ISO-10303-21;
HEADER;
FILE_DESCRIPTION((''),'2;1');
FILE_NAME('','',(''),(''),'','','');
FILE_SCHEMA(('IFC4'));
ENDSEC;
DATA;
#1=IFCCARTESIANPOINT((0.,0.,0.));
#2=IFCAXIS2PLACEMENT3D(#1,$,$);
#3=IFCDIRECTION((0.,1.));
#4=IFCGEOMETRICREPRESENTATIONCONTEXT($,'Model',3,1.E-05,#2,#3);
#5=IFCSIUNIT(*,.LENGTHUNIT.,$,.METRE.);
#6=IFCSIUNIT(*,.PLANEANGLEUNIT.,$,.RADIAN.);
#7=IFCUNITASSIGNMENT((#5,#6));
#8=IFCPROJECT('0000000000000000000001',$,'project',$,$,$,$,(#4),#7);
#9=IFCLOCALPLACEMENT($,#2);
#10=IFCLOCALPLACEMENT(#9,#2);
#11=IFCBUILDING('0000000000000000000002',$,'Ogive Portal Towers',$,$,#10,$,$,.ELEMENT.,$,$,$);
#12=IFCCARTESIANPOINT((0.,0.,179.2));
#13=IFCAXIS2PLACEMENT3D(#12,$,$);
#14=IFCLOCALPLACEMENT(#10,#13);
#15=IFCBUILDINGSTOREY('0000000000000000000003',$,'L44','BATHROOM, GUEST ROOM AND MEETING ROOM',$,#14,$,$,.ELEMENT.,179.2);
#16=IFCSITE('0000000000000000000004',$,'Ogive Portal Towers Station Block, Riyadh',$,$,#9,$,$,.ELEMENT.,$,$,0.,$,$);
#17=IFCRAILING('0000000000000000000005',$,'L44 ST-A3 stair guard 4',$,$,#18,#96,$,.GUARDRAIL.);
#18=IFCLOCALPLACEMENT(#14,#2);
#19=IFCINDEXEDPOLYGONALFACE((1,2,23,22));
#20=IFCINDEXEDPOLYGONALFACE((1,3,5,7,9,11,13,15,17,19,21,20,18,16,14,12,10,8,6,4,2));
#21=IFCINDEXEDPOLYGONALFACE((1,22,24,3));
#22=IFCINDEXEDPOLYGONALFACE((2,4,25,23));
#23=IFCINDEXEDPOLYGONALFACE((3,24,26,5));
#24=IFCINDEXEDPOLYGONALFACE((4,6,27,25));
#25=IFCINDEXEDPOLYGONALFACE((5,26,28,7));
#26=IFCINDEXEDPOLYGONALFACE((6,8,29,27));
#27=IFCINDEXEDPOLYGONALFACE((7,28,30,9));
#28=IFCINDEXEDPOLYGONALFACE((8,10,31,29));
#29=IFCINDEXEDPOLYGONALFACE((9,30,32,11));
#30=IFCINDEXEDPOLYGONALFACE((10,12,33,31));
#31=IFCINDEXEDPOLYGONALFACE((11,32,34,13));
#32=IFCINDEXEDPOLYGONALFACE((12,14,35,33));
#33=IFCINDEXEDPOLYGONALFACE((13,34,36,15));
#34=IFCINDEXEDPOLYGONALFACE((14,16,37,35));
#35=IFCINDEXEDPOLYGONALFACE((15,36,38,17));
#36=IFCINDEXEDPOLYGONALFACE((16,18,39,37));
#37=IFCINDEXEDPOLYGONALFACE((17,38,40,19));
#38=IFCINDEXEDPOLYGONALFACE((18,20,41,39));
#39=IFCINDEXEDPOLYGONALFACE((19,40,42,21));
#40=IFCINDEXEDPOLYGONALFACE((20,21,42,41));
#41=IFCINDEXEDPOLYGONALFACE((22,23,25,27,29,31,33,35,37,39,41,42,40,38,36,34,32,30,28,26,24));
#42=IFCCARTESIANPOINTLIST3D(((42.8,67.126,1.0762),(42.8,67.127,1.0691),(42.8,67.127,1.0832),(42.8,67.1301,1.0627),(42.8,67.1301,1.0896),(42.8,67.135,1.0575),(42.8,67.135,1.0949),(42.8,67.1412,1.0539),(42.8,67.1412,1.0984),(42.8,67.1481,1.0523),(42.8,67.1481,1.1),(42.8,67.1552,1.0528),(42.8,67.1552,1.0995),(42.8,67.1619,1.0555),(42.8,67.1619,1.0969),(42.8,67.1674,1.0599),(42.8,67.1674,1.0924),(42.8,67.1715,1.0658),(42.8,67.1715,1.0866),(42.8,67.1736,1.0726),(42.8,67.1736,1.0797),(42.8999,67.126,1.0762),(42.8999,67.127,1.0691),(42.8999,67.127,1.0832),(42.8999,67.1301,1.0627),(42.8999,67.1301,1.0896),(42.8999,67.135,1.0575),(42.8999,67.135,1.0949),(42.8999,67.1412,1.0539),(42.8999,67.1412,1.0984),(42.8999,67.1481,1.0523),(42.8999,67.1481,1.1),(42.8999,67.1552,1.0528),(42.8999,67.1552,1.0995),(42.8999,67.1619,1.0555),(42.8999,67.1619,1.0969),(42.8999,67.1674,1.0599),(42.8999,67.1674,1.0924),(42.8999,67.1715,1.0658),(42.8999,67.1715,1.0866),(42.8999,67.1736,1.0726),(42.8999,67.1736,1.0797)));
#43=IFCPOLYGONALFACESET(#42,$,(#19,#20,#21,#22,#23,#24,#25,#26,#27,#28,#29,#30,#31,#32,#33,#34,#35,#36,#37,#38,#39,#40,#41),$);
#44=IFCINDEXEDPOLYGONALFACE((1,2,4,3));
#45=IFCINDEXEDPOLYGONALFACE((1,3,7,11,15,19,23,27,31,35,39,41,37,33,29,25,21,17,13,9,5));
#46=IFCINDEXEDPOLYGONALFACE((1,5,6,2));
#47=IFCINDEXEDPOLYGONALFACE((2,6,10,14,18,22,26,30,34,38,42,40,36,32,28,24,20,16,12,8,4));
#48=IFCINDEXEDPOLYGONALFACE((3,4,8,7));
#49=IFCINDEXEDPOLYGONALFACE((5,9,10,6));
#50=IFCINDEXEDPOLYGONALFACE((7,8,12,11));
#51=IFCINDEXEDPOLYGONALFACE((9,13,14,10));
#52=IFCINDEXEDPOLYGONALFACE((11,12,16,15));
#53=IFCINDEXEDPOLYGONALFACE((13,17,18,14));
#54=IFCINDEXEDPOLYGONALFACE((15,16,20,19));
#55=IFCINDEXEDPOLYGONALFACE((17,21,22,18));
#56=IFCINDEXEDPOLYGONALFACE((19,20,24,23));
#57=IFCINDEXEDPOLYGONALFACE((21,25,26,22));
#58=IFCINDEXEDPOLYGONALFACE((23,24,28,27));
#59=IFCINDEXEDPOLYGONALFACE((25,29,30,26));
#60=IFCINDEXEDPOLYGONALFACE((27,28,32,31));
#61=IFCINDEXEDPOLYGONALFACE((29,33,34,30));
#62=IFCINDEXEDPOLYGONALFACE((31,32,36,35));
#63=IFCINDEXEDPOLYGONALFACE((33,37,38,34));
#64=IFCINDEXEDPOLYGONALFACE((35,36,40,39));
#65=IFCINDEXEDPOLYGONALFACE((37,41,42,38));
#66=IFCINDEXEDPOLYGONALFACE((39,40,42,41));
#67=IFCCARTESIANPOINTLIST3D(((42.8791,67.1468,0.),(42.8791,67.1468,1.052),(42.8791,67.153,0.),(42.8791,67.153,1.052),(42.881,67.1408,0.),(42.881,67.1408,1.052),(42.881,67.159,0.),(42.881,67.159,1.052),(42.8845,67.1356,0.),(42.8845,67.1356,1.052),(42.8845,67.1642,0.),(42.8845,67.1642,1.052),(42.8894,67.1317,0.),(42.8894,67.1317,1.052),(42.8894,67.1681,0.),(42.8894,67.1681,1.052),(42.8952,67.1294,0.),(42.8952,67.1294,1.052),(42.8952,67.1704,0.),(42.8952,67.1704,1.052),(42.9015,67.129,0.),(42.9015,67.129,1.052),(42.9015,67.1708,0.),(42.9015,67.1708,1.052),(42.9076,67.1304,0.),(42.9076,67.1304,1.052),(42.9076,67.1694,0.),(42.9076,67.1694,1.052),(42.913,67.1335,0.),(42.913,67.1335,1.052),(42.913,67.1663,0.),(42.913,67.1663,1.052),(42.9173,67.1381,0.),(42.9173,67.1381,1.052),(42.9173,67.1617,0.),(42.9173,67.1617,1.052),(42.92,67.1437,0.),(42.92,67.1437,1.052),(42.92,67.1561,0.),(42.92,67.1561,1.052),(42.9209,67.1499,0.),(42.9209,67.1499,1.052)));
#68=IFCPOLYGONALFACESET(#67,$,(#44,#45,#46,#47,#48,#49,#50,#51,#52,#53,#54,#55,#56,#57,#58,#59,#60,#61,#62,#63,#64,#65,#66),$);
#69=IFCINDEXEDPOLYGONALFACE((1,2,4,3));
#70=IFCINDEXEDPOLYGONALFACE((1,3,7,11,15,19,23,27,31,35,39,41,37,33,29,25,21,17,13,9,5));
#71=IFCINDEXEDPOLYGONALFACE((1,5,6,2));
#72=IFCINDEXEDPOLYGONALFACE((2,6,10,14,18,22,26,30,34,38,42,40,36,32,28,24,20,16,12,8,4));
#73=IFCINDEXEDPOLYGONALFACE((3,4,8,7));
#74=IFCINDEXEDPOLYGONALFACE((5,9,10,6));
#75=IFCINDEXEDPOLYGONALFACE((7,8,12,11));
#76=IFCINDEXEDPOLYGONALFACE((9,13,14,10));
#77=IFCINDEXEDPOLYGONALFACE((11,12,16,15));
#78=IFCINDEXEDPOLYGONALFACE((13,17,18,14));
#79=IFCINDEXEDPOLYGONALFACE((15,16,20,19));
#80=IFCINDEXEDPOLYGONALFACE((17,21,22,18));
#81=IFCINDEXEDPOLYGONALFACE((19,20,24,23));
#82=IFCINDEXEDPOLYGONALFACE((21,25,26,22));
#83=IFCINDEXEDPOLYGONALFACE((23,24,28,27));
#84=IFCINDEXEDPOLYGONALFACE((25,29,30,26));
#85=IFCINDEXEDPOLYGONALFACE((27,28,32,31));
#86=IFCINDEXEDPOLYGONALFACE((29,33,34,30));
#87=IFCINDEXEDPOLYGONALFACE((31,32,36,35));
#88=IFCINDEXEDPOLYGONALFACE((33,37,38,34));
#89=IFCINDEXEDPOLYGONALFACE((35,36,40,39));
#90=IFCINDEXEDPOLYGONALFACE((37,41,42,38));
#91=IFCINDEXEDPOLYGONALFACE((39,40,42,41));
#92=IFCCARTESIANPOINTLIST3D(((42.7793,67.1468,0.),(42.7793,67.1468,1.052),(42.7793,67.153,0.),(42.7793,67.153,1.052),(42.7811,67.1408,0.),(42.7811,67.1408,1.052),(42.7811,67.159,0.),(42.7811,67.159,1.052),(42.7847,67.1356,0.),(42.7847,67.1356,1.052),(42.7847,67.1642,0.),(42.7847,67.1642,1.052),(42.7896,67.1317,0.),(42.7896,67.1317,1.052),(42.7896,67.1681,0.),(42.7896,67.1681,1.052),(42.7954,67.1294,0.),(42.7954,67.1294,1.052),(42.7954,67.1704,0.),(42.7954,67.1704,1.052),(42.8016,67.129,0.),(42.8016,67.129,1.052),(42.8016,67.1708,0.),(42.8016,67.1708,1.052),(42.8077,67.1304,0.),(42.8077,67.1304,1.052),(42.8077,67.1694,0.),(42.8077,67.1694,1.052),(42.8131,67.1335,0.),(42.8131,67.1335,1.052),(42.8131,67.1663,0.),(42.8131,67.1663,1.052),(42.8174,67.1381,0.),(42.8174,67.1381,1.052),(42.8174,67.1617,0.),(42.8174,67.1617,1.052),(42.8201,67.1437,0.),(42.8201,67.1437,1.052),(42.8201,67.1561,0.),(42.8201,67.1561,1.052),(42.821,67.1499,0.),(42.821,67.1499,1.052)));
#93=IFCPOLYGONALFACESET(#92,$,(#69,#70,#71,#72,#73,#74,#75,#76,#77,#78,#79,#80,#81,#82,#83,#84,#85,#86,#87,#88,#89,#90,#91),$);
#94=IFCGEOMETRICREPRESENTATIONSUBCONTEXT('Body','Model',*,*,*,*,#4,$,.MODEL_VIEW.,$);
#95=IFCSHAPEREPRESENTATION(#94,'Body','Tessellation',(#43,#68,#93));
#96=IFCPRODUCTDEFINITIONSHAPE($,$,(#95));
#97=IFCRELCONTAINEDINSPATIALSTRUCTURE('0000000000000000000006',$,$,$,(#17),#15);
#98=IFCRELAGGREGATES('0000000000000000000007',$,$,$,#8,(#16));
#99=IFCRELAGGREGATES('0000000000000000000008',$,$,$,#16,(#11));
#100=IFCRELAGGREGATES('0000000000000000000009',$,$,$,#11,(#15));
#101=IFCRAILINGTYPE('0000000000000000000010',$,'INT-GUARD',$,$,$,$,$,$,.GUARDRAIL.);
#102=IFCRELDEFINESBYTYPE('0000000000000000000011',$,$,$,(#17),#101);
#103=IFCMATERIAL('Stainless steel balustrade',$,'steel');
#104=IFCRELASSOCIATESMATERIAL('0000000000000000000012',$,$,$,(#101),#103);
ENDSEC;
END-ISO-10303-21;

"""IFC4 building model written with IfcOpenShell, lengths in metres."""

from ifc_helpers import new_model, si_unit, direction, frame, origin, origin_2d, place, context, subcontext, project, spatial, circle, extrude, material, type_object, element, save


model = new_model("IFC4")

# Units and contexts
model_context = context("Model", 3, precision=1e-05, world=origin(), true_north=direction((0.0, 1.0)))
body_context = subcontext(model_context, "Body", "Model", "MODEL_VIEW")
ifc_project = project(units=[si_unit("LENGTHUNIT", "METRE"), si_unit("PLANEANGLEUNIT", "RADIAN")], contexts=[model_context])

# Site, building, storey
site_placement = place(None, origin())
site = spatial("IfcSite", under=ifc_project, at=site_placement, Name="Ogive Portal Towers Station Block, Riyadh", CompositionType="ELEMENT", RefElevation=0.0)
building_placement = place(site_placement, origin())
building = spatial("IfcBuilding", under=site, at=building_placement, Name="Ogive Portal Towers", CompositionType="ELEMENT")
storey_placement = place(building_placement, frame((0.0, 0.0, 179.2)))
storey = spatial("IfcBuildingStorey", under=building, at=storey_placement, Name="L44", Description="BATHROOM, GUEST ROOM AND MEETING ROOM", CompositionType="ELEMENT", Elevation=179.2)

# Railing
ifc_material_1 = material(Name="Stainless steel balustrade", Category="steel")
railing_type_1 = type_object("IfcRailingType", Name="INT-GUARD", PredefinedType="GUARDRAIL", material=ifc_material_1)
railing_1_placement = place(storey_placement, frame((42.8999, 67.1499, 0.0)))
element("IfcRailing", 1, at=railing_1_placement, inside=storey, type_object=railing_type_1, Name="L44 ST-A3 stair guard 4", PredefinedType="GUARDRAIL", context=body_context, shape_type="SweptSolid", body=[
    extrude(circle(Radius=0.0239, at=origin_2d()), frame((0.0, 0.0, 1.0762), z_axis=(-1.0, 0.0, 0.0), x_axis=(0.0, -1.0, 0.0)), (0.0, 0.0, 1.0), 0.0999),
    extrude(circle(Radius=0.021, at=origin_2d()), origin(), (0.0, 0.0, 1.0), 1.052),
    extrude(circle(Radius=0.021, at=origin_2d()), frame((-0.0999, 0.0, 0.0)), (0.0, 0.0, 1.0), 1.052),
])

save(model, "model.ifc")
